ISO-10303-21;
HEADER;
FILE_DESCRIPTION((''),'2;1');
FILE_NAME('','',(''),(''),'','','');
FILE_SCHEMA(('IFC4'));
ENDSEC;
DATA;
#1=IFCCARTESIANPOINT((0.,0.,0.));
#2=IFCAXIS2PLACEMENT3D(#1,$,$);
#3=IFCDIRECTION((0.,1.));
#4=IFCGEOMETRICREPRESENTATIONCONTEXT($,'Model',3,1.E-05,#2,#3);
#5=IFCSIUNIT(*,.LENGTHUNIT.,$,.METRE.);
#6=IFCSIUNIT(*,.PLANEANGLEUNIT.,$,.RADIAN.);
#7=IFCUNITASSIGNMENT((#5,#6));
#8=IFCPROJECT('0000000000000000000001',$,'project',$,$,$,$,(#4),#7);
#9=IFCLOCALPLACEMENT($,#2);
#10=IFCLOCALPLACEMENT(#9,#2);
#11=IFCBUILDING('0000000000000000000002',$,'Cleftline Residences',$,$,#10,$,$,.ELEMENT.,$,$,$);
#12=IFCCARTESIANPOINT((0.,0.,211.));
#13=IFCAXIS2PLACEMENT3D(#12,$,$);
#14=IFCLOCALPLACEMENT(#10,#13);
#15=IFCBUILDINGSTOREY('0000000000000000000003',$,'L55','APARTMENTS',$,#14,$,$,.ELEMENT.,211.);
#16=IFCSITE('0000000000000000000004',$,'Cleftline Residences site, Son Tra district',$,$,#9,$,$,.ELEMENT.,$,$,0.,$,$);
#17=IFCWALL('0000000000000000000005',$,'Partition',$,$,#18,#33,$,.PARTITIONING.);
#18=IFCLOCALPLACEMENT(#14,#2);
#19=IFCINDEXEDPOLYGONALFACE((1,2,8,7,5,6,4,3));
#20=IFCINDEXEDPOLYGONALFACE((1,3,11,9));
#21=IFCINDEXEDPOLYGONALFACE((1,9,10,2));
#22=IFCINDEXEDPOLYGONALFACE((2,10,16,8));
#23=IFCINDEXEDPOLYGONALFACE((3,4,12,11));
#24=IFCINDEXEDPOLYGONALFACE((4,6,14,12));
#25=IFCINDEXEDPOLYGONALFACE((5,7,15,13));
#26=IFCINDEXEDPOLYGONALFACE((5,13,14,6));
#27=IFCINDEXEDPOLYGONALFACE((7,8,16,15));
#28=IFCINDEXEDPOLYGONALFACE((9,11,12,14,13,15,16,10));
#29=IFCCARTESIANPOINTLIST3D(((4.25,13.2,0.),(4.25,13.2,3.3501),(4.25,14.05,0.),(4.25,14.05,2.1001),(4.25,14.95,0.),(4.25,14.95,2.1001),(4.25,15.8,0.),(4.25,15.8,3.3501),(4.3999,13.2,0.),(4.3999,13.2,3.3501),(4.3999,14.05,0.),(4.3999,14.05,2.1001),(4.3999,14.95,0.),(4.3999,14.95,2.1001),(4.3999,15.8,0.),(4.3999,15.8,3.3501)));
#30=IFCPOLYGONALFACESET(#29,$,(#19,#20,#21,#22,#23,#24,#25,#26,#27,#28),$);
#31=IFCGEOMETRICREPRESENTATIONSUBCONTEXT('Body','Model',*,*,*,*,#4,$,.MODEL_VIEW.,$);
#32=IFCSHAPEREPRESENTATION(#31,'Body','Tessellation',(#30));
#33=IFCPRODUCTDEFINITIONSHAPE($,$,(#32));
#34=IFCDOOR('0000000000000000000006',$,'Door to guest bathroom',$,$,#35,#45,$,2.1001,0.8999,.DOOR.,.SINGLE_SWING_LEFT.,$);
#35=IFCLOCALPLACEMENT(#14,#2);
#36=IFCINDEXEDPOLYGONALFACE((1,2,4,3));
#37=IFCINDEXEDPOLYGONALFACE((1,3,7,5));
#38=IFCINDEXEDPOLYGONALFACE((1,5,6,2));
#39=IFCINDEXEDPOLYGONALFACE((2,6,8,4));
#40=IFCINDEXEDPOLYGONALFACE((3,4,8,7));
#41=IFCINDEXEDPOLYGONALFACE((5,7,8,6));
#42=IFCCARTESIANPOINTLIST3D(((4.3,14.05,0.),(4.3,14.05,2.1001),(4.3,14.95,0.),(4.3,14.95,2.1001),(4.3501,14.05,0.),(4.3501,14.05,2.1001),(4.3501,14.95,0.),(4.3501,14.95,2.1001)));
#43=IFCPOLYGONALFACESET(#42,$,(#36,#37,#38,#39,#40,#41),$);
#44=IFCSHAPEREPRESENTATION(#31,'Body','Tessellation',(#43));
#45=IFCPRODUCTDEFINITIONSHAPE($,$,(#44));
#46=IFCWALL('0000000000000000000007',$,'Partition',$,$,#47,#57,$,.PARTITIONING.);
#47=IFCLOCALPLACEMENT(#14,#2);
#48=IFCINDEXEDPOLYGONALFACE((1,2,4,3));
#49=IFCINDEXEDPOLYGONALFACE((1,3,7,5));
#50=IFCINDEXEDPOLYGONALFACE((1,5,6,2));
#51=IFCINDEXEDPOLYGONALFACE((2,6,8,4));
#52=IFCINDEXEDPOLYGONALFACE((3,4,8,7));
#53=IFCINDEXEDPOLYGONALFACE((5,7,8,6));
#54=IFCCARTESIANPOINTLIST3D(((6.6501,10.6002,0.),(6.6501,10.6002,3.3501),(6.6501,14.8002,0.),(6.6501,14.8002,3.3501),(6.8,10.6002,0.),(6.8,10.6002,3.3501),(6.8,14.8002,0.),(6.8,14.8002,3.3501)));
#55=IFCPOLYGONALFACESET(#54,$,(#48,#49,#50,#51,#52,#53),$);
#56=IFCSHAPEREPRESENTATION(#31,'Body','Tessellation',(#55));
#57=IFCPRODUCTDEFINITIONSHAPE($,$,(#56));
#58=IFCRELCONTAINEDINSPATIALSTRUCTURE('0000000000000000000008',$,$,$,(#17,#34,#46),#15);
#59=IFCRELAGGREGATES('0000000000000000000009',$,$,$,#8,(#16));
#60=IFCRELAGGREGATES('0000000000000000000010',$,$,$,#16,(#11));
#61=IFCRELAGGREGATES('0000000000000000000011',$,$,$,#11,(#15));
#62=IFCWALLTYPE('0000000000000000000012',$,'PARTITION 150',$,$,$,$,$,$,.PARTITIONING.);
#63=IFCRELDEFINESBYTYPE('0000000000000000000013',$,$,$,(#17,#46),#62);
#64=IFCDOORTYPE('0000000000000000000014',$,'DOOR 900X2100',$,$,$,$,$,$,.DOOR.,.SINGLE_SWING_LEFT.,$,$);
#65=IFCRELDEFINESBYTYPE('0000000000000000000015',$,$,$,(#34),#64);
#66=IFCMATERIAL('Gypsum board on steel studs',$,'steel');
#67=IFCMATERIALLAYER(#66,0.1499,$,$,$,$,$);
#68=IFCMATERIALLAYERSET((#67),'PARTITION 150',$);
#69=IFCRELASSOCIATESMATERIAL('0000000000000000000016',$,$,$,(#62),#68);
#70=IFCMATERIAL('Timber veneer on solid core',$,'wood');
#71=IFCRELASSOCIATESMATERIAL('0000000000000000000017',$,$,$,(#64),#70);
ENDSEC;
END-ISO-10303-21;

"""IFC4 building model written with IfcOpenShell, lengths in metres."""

from ifc_helpers import new_model, si_unit, direction, frame, frame_2d, origin, place, context, subcontext, project, spatial, rectangle, extrude, material, layer, layer_set, type_object, element, fill, save


model = new_model("IFC4")

# Units and contexts
model_context = context("Model", 3, precision=1e-05, world=origin(), true_north=direction((0.0, 1.0)))
body_context = subcontext(model_context, "Body", "Model", "MODEL_VIEW")
ifc_project = project(units=[si_unit("LENGTHUNIT", "METRE"), si_unit("PLANEANGLEUNIT", "RADIAN")], contexts=[model_context])

# Site, building, storey
site_placement = place(None, origin())
site = spatial("IfcSite", under=ifc_project, at=site_placement, Name="Cleftline Residences site, Son Tra district", CompositionType="ELEMENT", RefElevation=0.0)
building_placement = place(site_placement, origin())
building = spatial("IfcBuilding", under=site, at=building_placement, Name="Cleftline Residences", CompositionType="ELEMENT")
storey_placement = place(building_placement, frame((0.0, 0.0, 211.0)))
storey = spatial("IfcBuildingStorey", under=building, at=storey_placement, Name="L55", Description="APARTMENTS", CompositionType="ELEMENT", Elevation=211.0)

# Shared definitions
ifc_material_1 = material(Name="Gypsum board on steel studs", Category="steel")
ifc_layer = layer(ifc_material_1, 0.1499)
ifc_layer_set = layer_set([ifc_layer], Name="PARTITION 150")
wall_type = type_object("IfcWallType", Name="PARTITION 150", PredefinedType="PARTITIONING", material=ifc_layer_set)
ifc_material_2 = material(Name="Timber veneer on solid core", Category="wood")
door_type_1 = type_object("IfcDoorType", Name="DOOR 900X2100", OperationType="SINGLE_SWING_LEFT", PredefinedType="DOOR", material=ifc_material_2)

# Wall, opening, door
wall_1_placement = place(storey_placement, frame((4.325, 13.2, 0.0), z_axis=(0.0, 0.0, 1.0), x_axis=(0.0, 1.0, 0.0)))
wall_1 = element("IfcWall", 1, at=wall_1_placement, inside=storey, type_object=wall_type, Name="Partition", PredefinedType="PARTITIONING", context=body_context, shape_type="SweptSolid", body=[
    extrude(rectangle(XDim=2.6001, YDim=0.1499, at=frame_2d((1.3, 0.0))), origin(), (0.0, 0.0, 1.0), 3.3501),
])
opening_1_placement = place(wall_1_placement, frame((0.8501, 0.0, 0.0)))
opening_1 = element("IfcOpeningElement", 2, at=opening_1_placement, cuts=wall_1, PredefinedType="OPENING", context=body_context, shape_type="SweptSolid", body=[
    extrude(rectangle(XDim=0.8999, YDim=2.1001, at=frame_2d((0.45, 1.05))), frame((0.0, 0.085, 0.0), z_axis=(0.0, -1.0, 0.0), x_axis=(1.0, 0.0, 0.0)), (0.0, 0.0, 1.0), 0.1699),
])
door_1_placement = place(opening_1_placement, origin())
door_1 = element("IfcDoor", 3, at=door_1_placement, inside=storey, type_object=door_type_1, Name="Door to guest bathroom", OperationType="SINGLE_SWING_LEFT", OverallHeight=2.1001, OverallWidth=0.8999, PredefinedType="DOOR", context=body_context, shape_type="SweptSolid", body=[
    extrude(rectangle(XDim=0.8999, YDim=2.1001, at=frame_2d((0.45, 1.05))), frame((0.0, 0.0249, 0.0), z_axis=(0.0, -1.0, 0.0), x_axis=(1.0, 0.0, 0.0)), (0.0, 0.0, 1.0), 0.05),
])
fill(opening_1, door_1)

# Wall
wall_2_placement = place(storey_placement, frame((6.7251, 10.6001, 0.0), z_axis=(0.0, 0.0, 1.0), x_axis=(0.0, 1.0, 0.0)))
element("IfcWall", 4, at=wall_2_placement, inside=storey, type_object=wall_type, Name="Partition", PredefinedType="PARTITIONING", context=body_context, shape_type="SweptSolid", body=[
    extrude(rectangle(XDim=4.2, YDim=0.1499, at=frame_2d((2.1001, 0.0))), origin(), (0.0, 0.0, 1.0), 3.3501),
])

save(model, "model.ifc")
